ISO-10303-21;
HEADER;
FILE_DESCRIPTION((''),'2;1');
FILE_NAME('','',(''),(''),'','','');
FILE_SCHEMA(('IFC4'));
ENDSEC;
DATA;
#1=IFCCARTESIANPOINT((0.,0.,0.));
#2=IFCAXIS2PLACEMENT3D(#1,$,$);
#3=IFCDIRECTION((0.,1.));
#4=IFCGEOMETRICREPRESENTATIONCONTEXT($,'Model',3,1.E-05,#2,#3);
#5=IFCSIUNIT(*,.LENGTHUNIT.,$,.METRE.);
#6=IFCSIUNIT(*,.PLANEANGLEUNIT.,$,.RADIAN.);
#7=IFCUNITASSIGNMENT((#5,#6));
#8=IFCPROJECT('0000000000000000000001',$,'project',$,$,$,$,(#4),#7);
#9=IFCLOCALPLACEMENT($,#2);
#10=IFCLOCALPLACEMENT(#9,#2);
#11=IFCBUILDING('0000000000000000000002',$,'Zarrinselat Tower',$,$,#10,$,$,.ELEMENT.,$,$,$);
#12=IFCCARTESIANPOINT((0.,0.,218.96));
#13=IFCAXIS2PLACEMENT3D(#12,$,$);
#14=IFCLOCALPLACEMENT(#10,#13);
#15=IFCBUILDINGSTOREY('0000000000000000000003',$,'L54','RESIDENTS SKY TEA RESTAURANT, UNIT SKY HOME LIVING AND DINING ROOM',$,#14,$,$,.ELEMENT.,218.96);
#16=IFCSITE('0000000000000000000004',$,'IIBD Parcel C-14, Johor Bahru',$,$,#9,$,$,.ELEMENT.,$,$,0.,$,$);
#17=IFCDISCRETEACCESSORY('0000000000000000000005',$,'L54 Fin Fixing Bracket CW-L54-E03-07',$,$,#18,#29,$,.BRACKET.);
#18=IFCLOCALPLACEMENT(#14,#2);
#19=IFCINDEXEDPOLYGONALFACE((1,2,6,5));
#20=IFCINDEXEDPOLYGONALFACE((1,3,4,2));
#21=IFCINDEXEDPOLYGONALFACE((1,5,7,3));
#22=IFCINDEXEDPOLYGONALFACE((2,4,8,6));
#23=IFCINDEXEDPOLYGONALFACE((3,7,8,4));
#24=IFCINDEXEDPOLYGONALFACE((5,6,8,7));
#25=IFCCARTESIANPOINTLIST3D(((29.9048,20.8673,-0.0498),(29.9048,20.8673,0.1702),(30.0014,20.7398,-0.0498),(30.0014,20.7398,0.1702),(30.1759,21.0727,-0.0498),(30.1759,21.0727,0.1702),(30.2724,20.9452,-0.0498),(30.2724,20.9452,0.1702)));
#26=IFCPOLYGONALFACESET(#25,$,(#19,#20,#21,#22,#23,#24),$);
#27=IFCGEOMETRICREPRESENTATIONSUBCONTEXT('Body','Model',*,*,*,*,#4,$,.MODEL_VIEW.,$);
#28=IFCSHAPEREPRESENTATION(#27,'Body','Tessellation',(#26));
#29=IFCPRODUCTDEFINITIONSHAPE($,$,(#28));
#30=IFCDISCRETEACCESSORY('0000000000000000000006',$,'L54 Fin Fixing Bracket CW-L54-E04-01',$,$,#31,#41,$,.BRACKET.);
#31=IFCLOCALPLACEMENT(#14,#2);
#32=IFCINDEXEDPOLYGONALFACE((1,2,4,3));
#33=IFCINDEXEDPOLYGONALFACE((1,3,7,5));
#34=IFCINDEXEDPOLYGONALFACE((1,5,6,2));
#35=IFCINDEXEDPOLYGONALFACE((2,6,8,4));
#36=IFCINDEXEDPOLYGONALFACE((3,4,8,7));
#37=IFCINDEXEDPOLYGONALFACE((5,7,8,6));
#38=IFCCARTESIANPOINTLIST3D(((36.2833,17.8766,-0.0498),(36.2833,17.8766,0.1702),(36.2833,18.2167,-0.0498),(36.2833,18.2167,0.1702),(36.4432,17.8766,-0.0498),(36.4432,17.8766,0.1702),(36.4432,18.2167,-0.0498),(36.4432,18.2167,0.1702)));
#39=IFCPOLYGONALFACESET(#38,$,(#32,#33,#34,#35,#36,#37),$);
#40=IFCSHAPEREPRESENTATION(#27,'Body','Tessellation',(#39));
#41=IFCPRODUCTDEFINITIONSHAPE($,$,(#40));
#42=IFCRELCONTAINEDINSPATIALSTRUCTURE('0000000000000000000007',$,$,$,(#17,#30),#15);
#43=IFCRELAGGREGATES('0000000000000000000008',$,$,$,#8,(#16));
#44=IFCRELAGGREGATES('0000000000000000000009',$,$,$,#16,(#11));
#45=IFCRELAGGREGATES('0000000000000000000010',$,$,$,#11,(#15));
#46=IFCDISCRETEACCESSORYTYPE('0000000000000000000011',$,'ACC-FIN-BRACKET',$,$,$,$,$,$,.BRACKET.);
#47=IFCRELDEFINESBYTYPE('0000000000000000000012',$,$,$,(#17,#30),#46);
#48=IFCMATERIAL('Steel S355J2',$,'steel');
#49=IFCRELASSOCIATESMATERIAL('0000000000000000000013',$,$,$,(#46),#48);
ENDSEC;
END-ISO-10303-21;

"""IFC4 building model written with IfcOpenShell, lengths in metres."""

from ifc_helpers import new_model, si_unit, direction, frame, origin, origin_2d, place, context, subcontext, project, spatial, rectangle, extrude, material, type_object, element, save


model = new_model("IFC4")

# Units and contexts
model_context = context("Model", 3, precision=1e-05, world=origin(), true_north=direction((0.0, 1.0)))
body_context = subcontext(model_context, "Body", "Model", "MODEL_VIEW")
ifc_project = project(units=[si_unit("LENGTHUNIT", "METRE"), si_unit("PLANEANGLEUNIT", "RADIAN")], contexts=[model_context])

# Site, building, storey
site_placement = place(None, origin())
site = spatial("IfcSite", under=ifc_project, at=site_placement, Name="IIBD Parcel C-14, Johor Bahru", CompositionType="ELEMENT", RefElevation=0.0)
building_placement = place(site_placement, origin())
building = spatial("IfcBuilding", under=site, at=building_placement, Name="Zarrinselat Tower", CompositionType="ELEMENT")
storey_placement = place(building_placement, frame((0.0, 0.0, 218.96)))
storey = spatial("IfcBuildingStorey", under=building, at=storey_placement, Name="L54", Description="RESIDENTS SKY TEA RESTAURANT, UNIT SKY HOME LIVING AND DINING ROOM", CompositionType="ELEMENT", Elevation=218.96)

# Discrete accessories
ifc_material_1 = material(Name="Steel S355J2", Category="steel")
discrete_accessory_type = type_object("IfcDiscreteAccessoryType", Name="ACC-FIN-BRACKET", PredefinedType="BRACKET", material=ifc_material_1)
for number, where, z_axis, x_axis, name in (
    (1, (30.0886, 20.9062, -0.0498), (0.0, 0.0, 1.0), (-0.797091, -0.60386, 0.0), "L54 Fin Fixing Bracket CW-L54-E03-07"),
    (2, (36.3633, 18.0466, -0.0498), (0.0, 0.0, 1.0), (0.0, -1.0, 0.0), "L54 Fin Fixing Bracket CW-L54-E04-01"),
):
    element("IfcDiscreteAccessory", number, at=place(storey_placement, frame(where, z_axis=z_axis, x_axis=x_axis)), inside=storey, type_object=discrete_accessory_type, Name=name, PredefinedType="BRACKET", context=body_context, shape_type="SweptSolid", body=[
        extrude(rectangle(XDim=0.3401, YDim=0.1599, at=origin_2d()), origin(), (0.0, 0.0, 1.0), 0.22),
    ])

save(model, "model.ifc")
